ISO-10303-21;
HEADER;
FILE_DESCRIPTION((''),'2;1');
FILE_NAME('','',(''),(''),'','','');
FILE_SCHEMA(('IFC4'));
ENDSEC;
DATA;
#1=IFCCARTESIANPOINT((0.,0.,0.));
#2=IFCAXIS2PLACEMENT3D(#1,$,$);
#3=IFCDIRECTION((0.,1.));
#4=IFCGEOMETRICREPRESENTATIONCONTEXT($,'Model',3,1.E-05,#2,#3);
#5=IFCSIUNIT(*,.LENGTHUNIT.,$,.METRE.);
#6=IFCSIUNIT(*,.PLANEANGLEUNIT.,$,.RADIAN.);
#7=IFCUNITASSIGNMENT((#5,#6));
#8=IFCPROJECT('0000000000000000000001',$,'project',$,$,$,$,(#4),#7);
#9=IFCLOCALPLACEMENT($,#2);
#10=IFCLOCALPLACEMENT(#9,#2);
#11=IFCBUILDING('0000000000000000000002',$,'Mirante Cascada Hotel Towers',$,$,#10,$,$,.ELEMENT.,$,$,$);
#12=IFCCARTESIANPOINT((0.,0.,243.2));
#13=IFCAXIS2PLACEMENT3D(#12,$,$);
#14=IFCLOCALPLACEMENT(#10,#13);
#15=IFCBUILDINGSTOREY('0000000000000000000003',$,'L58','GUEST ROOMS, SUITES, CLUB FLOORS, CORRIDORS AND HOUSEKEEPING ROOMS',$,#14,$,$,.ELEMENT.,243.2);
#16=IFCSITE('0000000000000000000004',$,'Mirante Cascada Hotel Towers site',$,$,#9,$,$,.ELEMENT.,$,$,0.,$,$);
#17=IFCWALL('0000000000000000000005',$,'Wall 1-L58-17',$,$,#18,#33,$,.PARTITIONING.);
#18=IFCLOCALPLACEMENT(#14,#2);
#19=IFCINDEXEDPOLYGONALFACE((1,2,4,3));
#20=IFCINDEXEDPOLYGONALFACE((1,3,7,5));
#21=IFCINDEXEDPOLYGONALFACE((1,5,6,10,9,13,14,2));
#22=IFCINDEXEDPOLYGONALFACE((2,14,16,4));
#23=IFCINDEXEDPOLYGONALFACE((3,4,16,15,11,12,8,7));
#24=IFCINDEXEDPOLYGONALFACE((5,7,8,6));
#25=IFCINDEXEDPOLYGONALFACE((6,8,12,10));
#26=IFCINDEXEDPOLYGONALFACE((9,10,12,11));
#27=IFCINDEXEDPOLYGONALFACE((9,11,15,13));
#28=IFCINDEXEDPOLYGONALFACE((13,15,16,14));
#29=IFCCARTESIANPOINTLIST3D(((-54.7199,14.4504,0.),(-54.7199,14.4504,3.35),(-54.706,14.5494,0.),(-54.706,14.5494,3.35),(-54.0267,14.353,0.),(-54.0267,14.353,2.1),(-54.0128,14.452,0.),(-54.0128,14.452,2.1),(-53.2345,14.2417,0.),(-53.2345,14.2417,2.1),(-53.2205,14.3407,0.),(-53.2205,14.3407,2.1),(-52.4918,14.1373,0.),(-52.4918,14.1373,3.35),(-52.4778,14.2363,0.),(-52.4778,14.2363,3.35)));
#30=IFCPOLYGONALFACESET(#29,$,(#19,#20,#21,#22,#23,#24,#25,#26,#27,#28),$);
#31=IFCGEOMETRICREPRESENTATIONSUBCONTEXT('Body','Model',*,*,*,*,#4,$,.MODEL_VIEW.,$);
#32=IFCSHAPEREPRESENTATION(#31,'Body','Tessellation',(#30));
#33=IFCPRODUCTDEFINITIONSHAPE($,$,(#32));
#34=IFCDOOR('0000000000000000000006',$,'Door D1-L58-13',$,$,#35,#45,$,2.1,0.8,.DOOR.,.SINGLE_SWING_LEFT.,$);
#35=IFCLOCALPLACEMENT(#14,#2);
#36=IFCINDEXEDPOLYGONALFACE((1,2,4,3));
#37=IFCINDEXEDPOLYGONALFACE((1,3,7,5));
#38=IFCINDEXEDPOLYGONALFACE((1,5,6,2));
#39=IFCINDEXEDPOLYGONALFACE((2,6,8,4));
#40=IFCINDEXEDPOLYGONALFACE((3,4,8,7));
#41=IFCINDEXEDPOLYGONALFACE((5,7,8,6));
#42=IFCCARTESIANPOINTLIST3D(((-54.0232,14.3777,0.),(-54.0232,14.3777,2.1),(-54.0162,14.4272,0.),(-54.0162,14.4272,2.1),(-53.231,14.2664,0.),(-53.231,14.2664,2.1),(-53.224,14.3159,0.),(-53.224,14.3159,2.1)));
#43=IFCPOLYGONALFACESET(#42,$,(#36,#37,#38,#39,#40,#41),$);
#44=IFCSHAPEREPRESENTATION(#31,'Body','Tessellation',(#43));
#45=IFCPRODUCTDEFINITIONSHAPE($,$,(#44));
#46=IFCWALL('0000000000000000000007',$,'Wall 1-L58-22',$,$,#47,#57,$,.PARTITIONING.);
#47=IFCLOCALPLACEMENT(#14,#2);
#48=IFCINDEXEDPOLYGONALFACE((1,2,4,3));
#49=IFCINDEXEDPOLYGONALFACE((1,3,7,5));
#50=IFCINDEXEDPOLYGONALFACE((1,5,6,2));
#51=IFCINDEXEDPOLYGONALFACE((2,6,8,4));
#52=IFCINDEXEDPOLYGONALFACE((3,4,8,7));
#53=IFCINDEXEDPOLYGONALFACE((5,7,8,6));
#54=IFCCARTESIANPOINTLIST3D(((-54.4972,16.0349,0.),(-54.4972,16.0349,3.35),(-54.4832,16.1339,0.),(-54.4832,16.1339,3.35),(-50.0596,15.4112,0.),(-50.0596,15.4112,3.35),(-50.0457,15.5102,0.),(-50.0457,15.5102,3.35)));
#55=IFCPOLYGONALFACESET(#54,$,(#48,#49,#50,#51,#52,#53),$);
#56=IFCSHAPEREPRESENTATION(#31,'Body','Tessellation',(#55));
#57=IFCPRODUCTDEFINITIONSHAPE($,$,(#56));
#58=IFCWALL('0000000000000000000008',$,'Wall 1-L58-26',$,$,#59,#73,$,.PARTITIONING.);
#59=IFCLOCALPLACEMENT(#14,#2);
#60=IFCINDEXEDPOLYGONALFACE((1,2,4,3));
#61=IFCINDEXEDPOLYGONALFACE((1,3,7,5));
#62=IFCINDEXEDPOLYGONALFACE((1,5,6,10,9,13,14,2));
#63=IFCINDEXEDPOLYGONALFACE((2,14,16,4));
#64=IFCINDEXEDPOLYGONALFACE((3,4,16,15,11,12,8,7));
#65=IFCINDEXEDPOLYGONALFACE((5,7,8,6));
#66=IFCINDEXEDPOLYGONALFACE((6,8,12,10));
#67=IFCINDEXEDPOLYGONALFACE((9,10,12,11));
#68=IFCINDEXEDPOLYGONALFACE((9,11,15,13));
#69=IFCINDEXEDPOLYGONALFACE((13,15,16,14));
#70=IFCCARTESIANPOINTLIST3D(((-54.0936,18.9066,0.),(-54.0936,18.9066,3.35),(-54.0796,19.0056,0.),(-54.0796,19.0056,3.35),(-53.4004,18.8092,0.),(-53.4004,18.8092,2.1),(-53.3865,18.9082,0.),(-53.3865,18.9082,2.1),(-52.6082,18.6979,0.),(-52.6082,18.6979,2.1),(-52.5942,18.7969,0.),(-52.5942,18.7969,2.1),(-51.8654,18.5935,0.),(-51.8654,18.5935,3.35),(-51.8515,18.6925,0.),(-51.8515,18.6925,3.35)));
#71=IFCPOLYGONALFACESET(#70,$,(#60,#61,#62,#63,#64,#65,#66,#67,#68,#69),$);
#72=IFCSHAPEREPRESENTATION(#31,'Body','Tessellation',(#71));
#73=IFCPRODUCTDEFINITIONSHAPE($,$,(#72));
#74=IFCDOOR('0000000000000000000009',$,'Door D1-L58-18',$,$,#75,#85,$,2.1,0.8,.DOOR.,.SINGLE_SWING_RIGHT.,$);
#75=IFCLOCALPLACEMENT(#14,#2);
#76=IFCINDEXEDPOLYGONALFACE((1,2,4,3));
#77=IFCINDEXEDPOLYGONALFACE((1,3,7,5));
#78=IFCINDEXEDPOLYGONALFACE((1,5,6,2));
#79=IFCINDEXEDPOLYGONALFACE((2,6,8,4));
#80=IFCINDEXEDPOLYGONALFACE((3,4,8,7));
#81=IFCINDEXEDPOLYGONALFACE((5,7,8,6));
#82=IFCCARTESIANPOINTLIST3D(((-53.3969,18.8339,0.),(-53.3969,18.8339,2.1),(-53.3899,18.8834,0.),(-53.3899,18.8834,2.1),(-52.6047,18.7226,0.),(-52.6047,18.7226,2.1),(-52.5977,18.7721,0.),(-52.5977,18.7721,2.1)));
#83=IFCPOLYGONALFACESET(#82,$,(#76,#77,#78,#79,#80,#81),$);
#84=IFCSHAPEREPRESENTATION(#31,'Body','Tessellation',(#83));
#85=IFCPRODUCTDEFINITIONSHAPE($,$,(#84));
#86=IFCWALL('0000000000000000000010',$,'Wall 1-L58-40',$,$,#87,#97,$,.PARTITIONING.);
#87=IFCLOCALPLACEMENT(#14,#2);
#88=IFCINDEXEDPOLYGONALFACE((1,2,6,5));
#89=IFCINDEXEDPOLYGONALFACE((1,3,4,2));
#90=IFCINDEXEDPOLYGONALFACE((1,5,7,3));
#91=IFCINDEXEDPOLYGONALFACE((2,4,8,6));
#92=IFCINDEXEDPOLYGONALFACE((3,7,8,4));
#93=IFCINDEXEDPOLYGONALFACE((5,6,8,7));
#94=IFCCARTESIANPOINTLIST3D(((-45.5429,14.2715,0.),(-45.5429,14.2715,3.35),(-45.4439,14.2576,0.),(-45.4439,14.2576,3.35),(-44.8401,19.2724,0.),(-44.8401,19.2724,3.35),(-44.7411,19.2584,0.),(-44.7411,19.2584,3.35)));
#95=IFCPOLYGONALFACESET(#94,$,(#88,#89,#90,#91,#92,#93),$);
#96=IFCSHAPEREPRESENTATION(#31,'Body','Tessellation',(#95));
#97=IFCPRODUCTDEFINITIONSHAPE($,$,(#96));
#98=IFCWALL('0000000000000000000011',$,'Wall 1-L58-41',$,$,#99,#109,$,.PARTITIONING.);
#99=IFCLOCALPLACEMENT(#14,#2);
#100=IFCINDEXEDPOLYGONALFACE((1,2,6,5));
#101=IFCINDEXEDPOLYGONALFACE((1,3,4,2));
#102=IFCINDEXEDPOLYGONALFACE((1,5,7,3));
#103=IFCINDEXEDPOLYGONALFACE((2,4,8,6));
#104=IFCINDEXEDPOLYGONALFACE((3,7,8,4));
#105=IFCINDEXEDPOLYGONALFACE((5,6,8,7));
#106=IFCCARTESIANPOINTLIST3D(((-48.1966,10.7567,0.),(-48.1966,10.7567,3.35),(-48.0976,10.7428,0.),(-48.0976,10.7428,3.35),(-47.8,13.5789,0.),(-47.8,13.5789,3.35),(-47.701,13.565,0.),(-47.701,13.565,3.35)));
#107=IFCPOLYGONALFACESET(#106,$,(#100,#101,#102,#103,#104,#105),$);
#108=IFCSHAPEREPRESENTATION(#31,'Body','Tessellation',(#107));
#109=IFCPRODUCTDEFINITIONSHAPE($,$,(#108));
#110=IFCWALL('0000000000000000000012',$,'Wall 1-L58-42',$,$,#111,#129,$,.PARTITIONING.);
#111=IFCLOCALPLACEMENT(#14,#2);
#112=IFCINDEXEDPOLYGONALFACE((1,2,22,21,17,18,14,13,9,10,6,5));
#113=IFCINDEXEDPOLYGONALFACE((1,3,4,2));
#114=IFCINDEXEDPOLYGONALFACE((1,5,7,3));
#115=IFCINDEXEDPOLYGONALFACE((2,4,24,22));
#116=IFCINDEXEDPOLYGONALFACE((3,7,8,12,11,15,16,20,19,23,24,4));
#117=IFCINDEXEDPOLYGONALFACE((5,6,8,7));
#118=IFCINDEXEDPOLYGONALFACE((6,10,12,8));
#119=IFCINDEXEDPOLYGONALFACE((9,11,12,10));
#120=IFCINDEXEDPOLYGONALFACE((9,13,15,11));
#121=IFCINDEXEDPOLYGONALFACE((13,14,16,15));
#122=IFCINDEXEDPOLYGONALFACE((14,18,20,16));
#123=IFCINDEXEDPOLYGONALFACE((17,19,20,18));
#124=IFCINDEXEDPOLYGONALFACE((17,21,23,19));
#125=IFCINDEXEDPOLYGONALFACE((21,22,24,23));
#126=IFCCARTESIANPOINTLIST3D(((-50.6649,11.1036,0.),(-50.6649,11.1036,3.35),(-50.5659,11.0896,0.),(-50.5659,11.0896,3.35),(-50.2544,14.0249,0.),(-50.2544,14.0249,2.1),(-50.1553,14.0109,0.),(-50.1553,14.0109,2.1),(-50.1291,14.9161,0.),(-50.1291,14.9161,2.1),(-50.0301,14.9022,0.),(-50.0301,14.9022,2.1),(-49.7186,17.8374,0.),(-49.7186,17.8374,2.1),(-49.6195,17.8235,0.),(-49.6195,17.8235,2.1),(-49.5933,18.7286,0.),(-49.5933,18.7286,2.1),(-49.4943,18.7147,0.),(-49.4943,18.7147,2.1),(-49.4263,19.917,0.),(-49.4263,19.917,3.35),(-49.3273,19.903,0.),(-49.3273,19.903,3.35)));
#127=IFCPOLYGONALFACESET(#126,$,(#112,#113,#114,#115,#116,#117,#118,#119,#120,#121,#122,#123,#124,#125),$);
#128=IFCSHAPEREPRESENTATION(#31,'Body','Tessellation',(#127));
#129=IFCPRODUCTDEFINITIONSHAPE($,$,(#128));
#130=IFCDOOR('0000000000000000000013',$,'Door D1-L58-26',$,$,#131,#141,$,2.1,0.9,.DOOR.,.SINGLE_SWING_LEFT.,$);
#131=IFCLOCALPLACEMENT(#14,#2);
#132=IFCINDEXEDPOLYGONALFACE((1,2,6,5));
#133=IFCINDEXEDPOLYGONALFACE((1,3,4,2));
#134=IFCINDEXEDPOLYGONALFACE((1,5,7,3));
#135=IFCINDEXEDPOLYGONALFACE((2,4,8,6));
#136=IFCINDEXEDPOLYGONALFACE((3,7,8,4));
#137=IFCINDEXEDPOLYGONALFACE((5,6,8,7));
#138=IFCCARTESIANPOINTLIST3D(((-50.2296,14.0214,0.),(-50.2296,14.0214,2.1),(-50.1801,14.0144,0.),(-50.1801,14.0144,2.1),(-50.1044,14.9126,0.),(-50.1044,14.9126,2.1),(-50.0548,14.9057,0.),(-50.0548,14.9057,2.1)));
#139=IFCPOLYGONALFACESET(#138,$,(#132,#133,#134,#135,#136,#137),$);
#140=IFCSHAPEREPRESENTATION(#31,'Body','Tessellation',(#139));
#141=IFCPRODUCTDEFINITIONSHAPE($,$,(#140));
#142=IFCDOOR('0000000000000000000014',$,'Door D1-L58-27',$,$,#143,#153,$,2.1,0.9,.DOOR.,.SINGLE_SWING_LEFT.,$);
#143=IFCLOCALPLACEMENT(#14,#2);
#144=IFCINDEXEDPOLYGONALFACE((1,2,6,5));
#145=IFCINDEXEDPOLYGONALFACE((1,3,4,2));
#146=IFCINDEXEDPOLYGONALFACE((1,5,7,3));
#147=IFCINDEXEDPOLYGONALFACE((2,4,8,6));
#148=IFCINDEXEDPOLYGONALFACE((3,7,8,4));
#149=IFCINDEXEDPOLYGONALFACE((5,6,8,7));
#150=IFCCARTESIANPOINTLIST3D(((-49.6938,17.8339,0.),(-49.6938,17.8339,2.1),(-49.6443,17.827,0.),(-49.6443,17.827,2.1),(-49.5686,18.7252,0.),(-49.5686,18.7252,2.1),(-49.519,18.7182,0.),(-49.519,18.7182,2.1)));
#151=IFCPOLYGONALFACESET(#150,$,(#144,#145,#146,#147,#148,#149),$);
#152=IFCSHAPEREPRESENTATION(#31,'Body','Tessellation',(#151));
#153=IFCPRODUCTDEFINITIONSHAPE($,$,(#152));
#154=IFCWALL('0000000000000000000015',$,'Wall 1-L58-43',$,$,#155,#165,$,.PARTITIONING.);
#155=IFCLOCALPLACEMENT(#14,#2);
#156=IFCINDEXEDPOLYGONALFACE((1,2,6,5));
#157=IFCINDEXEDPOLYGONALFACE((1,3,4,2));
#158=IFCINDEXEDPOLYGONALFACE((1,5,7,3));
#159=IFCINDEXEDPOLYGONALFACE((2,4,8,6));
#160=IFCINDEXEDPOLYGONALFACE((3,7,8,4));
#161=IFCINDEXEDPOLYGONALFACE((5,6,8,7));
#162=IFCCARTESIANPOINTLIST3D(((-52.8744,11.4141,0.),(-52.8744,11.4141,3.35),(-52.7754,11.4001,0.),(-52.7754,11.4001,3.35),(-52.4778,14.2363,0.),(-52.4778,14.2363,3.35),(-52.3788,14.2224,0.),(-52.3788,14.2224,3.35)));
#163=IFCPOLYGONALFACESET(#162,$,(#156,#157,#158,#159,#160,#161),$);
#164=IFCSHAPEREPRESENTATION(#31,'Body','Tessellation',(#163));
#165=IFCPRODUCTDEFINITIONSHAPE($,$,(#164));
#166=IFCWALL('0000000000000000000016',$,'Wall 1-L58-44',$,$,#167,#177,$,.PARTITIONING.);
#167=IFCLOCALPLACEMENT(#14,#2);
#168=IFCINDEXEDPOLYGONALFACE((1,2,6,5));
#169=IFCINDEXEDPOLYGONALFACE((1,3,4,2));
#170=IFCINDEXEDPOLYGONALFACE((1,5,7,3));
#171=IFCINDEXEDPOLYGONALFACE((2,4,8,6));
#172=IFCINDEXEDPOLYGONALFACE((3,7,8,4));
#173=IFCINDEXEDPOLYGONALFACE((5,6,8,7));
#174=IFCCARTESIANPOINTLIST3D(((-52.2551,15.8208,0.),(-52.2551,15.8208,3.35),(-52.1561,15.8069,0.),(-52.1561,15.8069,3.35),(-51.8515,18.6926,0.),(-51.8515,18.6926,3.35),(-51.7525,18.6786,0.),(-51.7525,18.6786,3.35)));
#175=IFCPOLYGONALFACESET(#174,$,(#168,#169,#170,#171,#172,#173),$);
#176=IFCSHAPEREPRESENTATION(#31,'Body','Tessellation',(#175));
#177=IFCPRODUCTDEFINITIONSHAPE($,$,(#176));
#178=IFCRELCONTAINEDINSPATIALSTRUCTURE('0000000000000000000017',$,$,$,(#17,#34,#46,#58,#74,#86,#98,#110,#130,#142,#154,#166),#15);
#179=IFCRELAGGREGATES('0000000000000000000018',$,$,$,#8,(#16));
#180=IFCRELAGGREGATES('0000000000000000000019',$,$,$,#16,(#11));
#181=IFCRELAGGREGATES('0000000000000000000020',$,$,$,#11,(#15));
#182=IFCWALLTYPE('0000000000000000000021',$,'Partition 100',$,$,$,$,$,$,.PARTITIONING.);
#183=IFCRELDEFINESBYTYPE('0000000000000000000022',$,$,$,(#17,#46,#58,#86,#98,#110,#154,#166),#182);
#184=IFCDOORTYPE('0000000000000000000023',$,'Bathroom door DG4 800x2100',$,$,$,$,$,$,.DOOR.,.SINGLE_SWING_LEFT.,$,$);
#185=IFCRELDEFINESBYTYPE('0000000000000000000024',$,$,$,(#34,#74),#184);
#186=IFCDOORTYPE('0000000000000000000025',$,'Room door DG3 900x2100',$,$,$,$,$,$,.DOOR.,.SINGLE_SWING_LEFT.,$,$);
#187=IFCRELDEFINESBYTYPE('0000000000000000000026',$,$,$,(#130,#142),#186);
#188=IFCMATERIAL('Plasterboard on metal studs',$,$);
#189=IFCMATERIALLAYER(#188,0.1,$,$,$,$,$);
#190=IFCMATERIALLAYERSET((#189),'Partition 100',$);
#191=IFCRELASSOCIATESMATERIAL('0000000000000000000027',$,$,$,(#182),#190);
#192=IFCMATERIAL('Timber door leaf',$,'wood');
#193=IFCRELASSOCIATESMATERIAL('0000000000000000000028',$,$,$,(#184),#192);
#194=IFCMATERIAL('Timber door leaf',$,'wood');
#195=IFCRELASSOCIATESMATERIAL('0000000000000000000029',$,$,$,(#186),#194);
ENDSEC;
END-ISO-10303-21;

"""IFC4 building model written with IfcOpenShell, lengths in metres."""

from ifc_helpers import new_model, si_unit, direction, frame, frame_2d, origin, place, context, subcontext, project, spatial, rectangle, extrude, material, layer, layer_set, type_object, element, fill, save


model = new_model("IFC4")

# Units and contexts
model_context = context("Model", 3, precision=1e-05, world=origin(), true_north=direction((0.0, 1.0)))
body_context = subcontext(model_context, "Body", "Model", "MODEL_VIEW")
ifc_project = project(units=[si_unit("LENGTHUNIT", "METRE"), si_unit("PLANEANGLEUNIT", "RADIAN")], contexts=[model_context])

# Site, building, storey
site_placement = place(None, origin())
site = spatial("IfcSite", under=ifc_project, at=site_placement, Name="Mirante Cascada Hotel Towers site", CompositionType="ELEMENT", RefElevation=0.0)
building_placement = place(site_placement, origin())
building = spatial("IfcBuilding", under=site, at=building_placement, Name="Mirante Cascada Hotel Towers", CompositionType="ELEMENT")
storey_placement = place(building_placement, frame((0.0, 0.0, 243.2)))
storey = spatial("IfcBuildingStorey", under=building, at=storey_placement, Name="L58", Description="GUEST ROOMS, SUITES, CLUB FLOORS, CORRIDORS AND HOUSEKEEPING ROOMS", CompositionType="ELEMENT", Elevation=243.2)

# Wall, opening, door
ifc_material_1 = material(Name="Plasterboard on metal studs")
ifc_layer_1 = layer(ifc_material_1, 0.1)
ifc_layer_set_1 = layer_set([ifc_layer_1], Name="Partition 100")
wall_type_1 = type_object("IfcWallType", Name="Partition 100", PredefinedType="PARTITIONING", material=ifc_layer_set_1)
ifc_material_2 = material(Name="Timber door leaf", Category="wood")
door_type_1 = type_object("IfcDoorType", Name="Bathroom door DG4 800x2100", OperationType="SINGLE_SWING_LEFT", PredefinedType="DOOR", material=ifc_material_2)
wall_1_placement = place(storey_placement, frame((-52.4848, 14.1868, 0.0), z_axis=(0.0, 0.0, 1.0), x_axis=(-0.990271, 0.139156, 0.0)))
wall_1 = element("IfcWall", 1, at=wall_1_placement, inside=storey, type_object=wall_type_1, Name="Wall 1-L58-17", PredefinedType="PARTITIONING", context=body_context, shape_type="SweptSolid", body=[
    extrude(rectangle(XDim=2.25, YDim=0.1, at=frame_2d((1.125, 0.0))), origin(), (0.0, 0.0, 1.0), 3.35),
])
opening_1_placement = place(wall_1_placement, frame((0.75, 0.0, 0.0)))
opening_1 = element("IfcOpeningElement", 2, at=opening_1_placement, cuts=wall_1, PredefinedType="OPENING", context=body_context, shape_type="SweptSolid", body=[
    extrude(rectangle(XDim=0.8, YDim=2.1, at=frame_2d((0.4, 1.05))), frame((0.0, 0.05, 0.0), z_axis=(0.0, -1.0, 0.0), x_axis=(1.0, 0.0, 0.0)), (0.0, 0.0, 1.0), 0.1),
])
door_1_placement = place(opening_1_placement, origin())
door_1 = element("IfcDoor", 3, at=door_1_placement, inside=storey, type_object=door_type_1, Name="Door D1-L58-13", OperationType="SINGLE_SWING_LEFT", OverallHeight=2.1, OverallWidth=0.8, PredefinedType="DOOR", context=body_context, shape_type="SweptSolid", body=[
    extrude(rectangle(XDim=0.8, YDim=2.1, at=frame_2d((0.4, 1.05))), frame((0.0, 0.025, 0.0), z_axis=(0.0, -1.0, 0.0), x_axis=(1.0, 0.0, 0.0)), (0.0, 0.0, 1.0), 0.05),
])
fill(opening_1, door_1)

# Wall
wall_2_placement = place(storey_placement, frame((-54.4902, 16.0844, 0.0), z_axis=(0.0, 0.0, 1.0), x_axis=(0.990267, -0.139181, 0.0)))
element("IfcWall", 4, at=wall_2_placement, inside=storey, type_object=wall_type_1, Name="Wall 1-L58-22", PredefinedType="PARTITIONING", context=body_context, shape_type="SweptSolid", body=[
    extrude(rectangle(XDim=4.4812, YDim=0.1, at=frame_2d((2.2406, 0.0))), origin(), (0.0, 0.0, 1.0), 3.35),
])

# Wall, opening, door
wall_3_placement = place(storey_placement, frame((-54.0866, 18.9561, 0.0), z_axis=(0.0, 0.0, 1.0), x_axis=(0.990271, -0.139156, 0.0)))
wall_3 = element("IfcWall", 5, at=wall_3_placement, inside=storey, type_object=wall_type_1, Name="Wall 1-L58-26", PredefinedType="PARTITIONING", context=body_context, shape_type="SweptSolid", body=[
    extrude(rectangle(XDim=2.25, YDim=0.1, at=frame_2d((1.125, 0.0))), origin(), (0.0, 0.0, 1.0), 3.35),
])
opening_2_placement = place(wall_3_placement, frame((0.7, 0.0, 0.0)))
opening_2 = element("IfcOpeningElement", 6, at=opening_2_placement, cuts=wall_3, PredefinedType="OPENING", context=body_context, shape_type="SweptSolid", body=[
    extrude(rectangle(XDim=0.8, YDim=2.1, at=frame_2d((0.4, 1.05))), frame((0.0, 0.05, 0.0), z_axis=(0.0, -1.0, 0.0), x_axis=(1.0, 0.0, 0.0)), (0.0, 0.0, 1.0), 0.1),
])
door_2_placement = place(opening_2_placement, frame((0.8, 0.0, 0.0), z_axis=(0.0, 0.0, 1.0), x_axis=(-1.0, 0.0, 0.0)))
door_2 = element("IfcDoor", 7, at=door_2_placement, inside=storey, type_object=door_type_1, Name="Door D1-L58-18", OperationType="SINGLE_SWING_RIGHT", OverallHeight=2.1, OverallWidth=0.8, PredefinedType="DOOR", context=body_context, shape_type="SweptSolid", body=[
    extrude(rectangle(XDim=0.8, YDim=2.1, at=frame_2d((0.4, 1.05))), frame((0.0, 0.025, 0.0), z_axis=(0.0, -1.0, 0.0), x_axis=(1.0, 0.0, 0.0)), (0.0, 0.0, 1.0), 0.05),
])
fill(opening_2, door_2)

# Walls
wall_4_placement = place(storey_placement, frame((-44.7906, 19.2654, 0.0), z_axis=(0.0, 0.0, 1.0), x_axis=(-0.139167, -0.990269, 0.0)))
element("IfcWall", 8, at=wall_4_placement, inside=storey, type_object=wall_type_1, Name="Wall 1-L58-40", PredefinedType="PARTITIONING", context=body_context, shape_type="SweptSolid", body=[
    extrude(rectangle(XDim=5.05, YDim=0.1, at=frame_2d((2.525, 0.0))), origin(), (0.0, 0.0, 1.0), 3.35),
])
wall_5_placement = place(storey_placement, frame((-48.1471, 10.7497, 0.0), z_axis=(0.0, 0.0, 1.0), x_axis=(0.139161, 0.99027, 0.0)))
element("IfcWall", 9, at=wall_5_placement, inside=storey, type_object=wall_type_1, Name="Wall 1-L58-41", PredefinedType="PARTITIONING", context=body_context, shape_type="SweptSolid", body=[
    extrude(rectangle(XDim=2.8499, YDim=0.1, at=frame_2d((1.425, 0.0))), origin(), (0.0, 0.0, 1.0), 3.35),
])

# Wall, openings, doors
wall_6_placement = place(storey_placement, frame((-49.3768, 19.91, 0.0), z_axis=(0.0, 0.0, 1.0), x_axis=(-0.139168, -0.990269, 0.0)))
wall_6 = element("IfcWall", 10, at=wall_6_placement, inside=storey, type_object=wall_type_1, Name="Wall 1-L58-42", PredefinedType="PARTITIONING", context=body_context, shape_type="SweptSolid", body=[
    extrude(rectangle(XDim=8.9, YDim=0.1, at=frame_2d((4.45, 0.0))), origin(), (0.0, 0.0, 1.0), 3.35),
])
opening_3_placement = place(wall_6_placement, frame((5.05, 0.0, 0.0)))
opening_3 = element("IfcOpeningElement", 11, at=opening_3_placement, cuts=wall_6, PredefinedType="OPENING", context=body_context, shape_type="SweptSolid", body=[
    extrude(rectangle(XDim=0.9, YDim=2.1, at=frame_2d((0.45, 1.05))), frame((0.0, 0.05, 0.0), z_axis=(0.0, -1.0, 0.0), x_axis=(1.0, 0.0, 0.0)), (0.0, 0.0, 1.0), 0.1),
])
opening_4_placement = place(wall_6_placement, frame((1.2, 0.0, 0.0)))
opening_4 = element("IfcOpeningElement", 12, at=opening_4_placement, cuts=wall_6, PredefinedType="OPENING", context=body_context, shape_type="SweptSolid", body=[
    extrude(rectangle(XDim=0.9, YDim=2.1, at=frame_2d((0.45, 1.05))), frame((0.0, 0.05, 0.0), z_axis=(0.0, -1.0, 0.0), x_axis=(1.0, 0.0, 0.0)), (0.0, 0.0, 1.0), 0.1),
])
ifc_material_3 = material(Name="Timber door leaf", Category="wood")
door_type_2 = type_object("IfcDoorType", Name="Room door DG3 900x2100", OperationType="SINGLE_SWING_LEFT", PredefinedType="DOOR", material=ifc_material_3)
door_3_placement = place(opening_3_placement, origin())
door_3 = element("IfcDoor", 13, at=door_3_placement, inside=storey, type_object=door_type_2, Name="Door D1-L58-26", OperationType="SINGLE_SWING_LEFT", OverallHeight=2.1, OverallWidth=0.9, PredefinedType="DOOR", context=body_context, shape_type="SweptSolid", body=[
    extrude(rectangle(XDim=0.9, YDim=2.1, at=frame_2d((0.45, 1.05))), frame((0.0, 0.025, 0.0), z_axis=(0.0, -1.0, 0.0), x_axis=(1.0, 0.0, 0.0)), (0.0, 0.0, 1.0), 0.05),
])
fill(opening_3, door_3)
door_4_placement = place(opening_4_placement, origin())
door_4 = element("IfcDoor", 14, at=door_4_placement, inside=storey, type_object=door_type_2, Name="Door D1-L58-27", OperationType="SINGLE_SWING_LEFT", OverallHeight=2.1, OverallWidth=0.9, PredefinedType="DOOR", context=body_context, shape_type="SweptSolid", body=[
    extrude(rectangle(XDim=0.9, YDim=2.1, at=frame_2d((0.45, 1.05))), frame((0.0, 0.025, 0.0), z_axis=(0.0, -1.0, 0.0), x_axis=(1.0, 0.0, 0.0)), (0.0, 0.0, 1.0), 0.05),
])
fill(opening_4, door_4)

# Walls
wall_7_placement = place(storey_placement, frame((-52.8249, 11.4071, 0.0), z_axis=(0.0, 0.0, 1.0), x_axis=(0.139156, 0.99027, 0.0)))
element("IfcWall", 15, at=wall_7_placement, inside=storey, type_object=wall_type_1, Name="Wall 1-L58-43", PredefinedType="PARTITIONING", context=body_context, shape_type="SweptSolid", body=[
    extrude(rectangle(XDim=2.85, YDim=0.1, at=frame_2d((1.425, 0.0))), origin(), (0.0, 0.0, 1.0), 3.35),
])
wall_8_placement = place(storey_placement, frame((-51.802, 18.6856, 0.0), z_axis=(0.0, 0.0, 1.0), x_axis=(-0.139171, -0.990268, 0.0)))
element("IfcWall", 16, at=wall_8_placement, inside=storey, type_object=wall_type_1, Name="Wall 1-L58-44", PredefinedType="PARTITIONING", context=body_context, shape_type="SweptSolid", body=[
    extrude(rectangle(XDim=2.9, YDim=0.1, at=frame_2d((1.45, 0.0))), origin(), (0.0, 0.0, 1.0), 3.35),
])

save(model, "model.ifc")
